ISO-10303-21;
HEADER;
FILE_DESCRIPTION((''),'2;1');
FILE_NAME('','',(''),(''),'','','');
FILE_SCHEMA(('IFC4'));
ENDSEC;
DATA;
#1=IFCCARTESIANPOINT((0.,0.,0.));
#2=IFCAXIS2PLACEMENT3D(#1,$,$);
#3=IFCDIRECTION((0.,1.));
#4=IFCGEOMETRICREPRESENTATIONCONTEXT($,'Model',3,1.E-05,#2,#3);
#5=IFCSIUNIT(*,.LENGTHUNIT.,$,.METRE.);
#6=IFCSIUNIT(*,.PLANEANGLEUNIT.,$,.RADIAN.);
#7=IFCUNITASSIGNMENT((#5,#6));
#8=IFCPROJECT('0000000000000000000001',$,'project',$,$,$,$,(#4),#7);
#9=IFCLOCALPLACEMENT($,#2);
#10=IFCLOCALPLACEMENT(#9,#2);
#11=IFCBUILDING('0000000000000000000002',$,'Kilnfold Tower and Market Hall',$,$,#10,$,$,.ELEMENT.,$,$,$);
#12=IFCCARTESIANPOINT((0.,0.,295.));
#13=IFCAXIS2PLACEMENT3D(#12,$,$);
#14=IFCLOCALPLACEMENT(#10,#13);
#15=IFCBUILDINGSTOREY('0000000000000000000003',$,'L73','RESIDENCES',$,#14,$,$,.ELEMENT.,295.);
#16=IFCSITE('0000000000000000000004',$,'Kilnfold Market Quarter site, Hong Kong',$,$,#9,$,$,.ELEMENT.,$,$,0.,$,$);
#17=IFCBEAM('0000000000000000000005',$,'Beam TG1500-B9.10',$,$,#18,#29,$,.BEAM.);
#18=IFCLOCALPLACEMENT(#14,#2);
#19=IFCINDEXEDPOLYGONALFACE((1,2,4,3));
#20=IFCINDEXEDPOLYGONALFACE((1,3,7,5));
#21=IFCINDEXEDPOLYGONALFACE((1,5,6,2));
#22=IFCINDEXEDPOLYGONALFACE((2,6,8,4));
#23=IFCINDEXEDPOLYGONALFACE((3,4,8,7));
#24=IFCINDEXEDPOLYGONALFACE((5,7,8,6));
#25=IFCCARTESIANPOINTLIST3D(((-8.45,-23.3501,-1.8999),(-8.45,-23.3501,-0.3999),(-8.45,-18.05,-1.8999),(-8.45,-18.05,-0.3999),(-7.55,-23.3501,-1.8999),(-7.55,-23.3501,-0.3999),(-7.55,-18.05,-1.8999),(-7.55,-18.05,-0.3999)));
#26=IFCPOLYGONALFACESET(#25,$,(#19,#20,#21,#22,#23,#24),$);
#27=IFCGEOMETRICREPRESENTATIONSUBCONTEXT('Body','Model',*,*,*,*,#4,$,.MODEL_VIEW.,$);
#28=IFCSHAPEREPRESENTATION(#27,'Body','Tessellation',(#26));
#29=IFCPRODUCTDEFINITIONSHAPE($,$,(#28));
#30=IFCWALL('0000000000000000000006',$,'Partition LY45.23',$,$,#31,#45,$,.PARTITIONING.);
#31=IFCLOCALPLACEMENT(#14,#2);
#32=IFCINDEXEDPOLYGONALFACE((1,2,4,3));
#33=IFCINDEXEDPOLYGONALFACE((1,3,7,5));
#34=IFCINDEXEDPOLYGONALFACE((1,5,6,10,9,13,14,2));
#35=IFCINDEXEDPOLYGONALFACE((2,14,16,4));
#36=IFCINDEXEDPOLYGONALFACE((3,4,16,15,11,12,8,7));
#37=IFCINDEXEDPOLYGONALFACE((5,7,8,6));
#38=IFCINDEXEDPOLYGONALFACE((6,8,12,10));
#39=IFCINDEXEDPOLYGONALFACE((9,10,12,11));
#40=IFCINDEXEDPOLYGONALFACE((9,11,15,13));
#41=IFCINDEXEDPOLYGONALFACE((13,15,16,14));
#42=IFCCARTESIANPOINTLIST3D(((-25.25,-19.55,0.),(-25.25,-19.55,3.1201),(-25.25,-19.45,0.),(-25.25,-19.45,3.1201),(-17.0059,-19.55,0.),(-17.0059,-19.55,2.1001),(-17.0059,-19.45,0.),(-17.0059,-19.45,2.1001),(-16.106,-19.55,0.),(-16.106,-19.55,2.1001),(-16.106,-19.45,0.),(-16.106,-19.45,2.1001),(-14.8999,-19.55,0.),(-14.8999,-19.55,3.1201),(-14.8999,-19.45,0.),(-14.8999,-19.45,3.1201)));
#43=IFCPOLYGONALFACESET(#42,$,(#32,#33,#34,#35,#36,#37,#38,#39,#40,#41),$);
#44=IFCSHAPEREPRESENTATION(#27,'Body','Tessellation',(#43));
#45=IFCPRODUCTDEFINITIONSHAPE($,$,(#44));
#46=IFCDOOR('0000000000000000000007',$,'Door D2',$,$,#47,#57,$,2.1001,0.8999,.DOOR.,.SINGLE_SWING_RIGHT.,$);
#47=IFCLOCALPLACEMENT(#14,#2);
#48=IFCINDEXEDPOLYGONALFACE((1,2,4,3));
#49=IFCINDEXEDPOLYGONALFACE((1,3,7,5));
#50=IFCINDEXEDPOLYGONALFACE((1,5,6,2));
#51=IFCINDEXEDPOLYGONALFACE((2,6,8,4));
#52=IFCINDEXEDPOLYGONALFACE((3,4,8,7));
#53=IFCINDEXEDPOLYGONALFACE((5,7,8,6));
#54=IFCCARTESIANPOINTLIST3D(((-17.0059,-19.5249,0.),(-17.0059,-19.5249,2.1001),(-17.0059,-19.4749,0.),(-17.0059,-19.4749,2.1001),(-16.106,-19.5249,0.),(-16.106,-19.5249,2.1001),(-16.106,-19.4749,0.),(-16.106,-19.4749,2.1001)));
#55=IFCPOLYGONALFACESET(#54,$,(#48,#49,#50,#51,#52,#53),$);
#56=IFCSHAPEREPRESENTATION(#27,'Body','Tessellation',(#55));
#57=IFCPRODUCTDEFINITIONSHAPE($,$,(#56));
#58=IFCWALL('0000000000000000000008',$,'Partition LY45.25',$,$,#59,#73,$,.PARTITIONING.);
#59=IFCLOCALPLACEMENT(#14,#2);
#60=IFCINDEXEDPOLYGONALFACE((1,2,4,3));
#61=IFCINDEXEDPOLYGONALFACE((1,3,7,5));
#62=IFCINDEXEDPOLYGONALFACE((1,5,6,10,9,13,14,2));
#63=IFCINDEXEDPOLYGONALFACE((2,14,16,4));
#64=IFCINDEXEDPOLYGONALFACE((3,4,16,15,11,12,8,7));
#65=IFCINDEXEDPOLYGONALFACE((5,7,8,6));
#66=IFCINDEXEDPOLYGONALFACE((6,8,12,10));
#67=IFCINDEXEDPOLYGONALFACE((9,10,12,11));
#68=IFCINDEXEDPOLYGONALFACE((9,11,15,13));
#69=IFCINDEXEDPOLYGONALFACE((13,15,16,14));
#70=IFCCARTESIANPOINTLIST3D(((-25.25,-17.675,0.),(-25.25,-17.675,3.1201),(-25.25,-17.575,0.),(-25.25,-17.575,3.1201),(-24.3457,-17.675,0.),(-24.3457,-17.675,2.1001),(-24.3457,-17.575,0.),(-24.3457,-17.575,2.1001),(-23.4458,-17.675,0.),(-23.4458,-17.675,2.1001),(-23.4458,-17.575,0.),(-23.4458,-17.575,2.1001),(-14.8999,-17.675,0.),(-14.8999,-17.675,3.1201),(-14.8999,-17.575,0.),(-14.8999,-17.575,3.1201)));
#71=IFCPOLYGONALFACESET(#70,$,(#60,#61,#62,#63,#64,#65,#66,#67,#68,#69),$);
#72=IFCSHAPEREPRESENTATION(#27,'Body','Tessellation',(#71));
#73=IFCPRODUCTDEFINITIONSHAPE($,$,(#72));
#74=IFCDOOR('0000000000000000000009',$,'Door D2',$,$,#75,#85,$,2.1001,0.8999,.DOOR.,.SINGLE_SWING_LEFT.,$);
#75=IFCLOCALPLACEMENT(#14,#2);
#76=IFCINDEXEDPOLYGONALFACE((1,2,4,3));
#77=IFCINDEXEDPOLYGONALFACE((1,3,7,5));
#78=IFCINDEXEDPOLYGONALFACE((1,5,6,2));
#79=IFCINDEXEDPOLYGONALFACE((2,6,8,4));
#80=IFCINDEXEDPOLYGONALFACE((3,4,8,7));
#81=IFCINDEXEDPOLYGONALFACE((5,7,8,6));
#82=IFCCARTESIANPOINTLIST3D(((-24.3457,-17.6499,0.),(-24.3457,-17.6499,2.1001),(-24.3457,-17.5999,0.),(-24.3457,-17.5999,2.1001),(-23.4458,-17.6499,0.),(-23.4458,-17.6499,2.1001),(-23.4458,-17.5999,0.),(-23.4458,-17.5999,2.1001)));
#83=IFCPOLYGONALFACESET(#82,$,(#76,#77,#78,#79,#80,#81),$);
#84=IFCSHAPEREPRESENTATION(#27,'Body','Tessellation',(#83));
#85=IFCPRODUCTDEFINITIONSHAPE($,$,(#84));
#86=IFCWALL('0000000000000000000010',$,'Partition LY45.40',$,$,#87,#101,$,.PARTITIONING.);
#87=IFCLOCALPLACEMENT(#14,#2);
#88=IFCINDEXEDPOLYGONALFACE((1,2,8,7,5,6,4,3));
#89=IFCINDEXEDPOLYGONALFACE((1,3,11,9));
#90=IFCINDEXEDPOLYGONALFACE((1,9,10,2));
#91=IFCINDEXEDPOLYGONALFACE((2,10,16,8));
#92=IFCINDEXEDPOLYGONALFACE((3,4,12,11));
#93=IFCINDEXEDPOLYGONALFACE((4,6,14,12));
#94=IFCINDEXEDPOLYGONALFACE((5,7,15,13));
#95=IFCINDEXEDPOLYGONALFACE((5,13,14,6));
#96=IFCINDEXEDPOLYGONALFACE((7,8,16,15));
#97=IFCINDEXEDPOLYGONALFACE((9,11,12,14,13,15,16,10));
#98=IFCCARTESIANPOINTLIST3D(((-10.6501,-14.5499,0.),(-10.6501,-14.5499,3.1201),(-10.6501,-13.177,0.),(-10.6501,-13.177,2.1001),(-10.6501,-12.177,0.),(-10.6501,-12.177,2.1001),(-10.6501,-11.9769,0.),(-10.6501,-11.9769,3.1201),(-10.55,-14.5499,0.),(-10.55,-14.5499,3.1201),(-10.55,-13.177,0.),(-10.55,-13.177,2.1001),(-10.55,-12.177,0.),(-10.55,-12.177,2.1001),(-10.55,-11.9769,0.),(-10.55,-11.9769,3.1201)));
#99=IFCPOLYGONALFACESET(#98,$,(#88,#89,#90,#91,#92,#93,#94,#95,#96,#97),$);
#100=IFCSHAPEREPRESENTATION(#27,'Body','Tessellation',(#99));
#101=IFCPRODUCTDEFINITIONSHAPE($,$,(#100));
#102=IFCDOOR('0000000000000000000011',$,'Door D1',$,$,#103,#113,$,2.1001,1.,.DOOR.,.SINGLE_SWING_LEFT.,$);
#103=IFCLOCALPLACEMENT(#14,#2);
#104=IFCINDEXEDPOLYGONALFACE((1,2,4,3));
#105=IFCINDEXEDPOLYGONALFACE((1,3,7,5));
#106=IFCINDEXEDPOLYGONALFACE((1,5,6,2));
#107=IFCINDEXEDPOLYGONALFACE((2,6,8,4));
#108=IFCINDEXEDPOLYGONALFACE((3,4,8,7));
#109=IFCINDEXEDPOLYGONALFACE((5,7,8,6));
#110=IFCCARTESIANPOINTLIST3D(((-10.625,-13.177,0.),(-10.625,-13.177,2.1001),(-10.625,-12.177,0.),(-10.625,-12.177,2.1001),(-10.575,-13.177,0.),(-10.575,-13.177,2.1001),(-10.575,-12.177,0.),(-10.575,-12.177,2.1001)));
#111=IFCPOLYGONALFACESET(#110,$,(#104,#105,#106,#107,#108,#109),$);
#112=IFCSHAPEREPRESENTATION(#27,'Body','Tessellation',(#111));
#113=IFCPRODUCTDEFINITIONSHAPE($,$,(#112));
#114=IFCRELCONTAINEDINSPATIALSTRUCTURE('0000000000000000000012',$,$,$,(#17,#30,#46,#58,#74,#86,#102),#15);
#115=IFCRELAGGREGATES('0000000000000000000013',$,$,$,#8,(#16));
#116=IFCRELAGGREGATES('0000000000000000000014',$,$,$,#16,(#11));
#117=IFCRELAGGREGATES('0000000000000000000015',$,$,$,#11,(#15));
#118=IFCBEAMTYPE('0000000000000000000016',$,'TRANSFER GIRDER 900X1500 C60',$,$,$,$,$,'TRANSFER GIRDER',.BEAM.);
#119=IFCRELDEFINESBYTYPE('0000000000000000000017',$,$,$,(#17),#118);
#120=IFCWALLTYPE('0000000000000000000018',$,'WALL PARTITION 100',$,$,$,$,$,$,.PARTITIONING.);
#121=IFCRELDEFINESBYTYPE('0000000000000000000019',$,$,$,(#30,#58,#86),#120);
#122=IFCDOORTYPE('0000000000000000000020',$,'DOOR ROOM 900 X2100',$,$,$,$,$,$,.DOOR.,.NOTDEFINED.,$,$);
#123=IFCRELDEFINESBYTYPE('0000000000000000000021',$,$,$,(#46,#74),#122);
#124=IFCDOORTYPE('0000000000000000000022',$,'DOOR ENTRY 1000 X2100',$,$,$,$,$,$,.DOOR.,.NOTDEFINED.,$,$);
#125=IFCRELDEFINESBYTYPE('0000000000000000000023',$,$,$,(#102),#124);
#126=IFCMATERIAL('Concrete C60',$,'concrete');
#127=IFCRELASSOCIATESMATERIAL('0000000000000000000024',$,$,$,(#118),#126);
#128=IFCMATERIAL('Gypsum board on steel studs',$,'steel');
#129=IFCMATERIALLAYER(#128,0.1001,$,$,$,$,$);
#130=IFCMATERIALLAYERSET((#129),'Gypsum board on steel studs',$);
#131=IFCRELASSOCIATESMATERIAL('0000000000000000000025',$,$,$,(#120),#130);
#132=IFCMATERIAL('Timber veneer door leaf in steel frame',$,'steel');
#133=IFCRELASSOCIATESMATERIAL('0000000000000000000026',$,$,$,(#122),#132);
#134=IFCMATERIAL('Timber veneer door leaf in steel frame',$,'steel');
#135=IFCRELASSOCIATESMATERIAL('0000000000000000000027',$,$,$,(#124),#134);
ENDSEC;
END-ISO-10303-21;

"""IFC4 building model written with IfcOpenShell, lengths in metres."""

from ifc_helpers import new_model, si_unit, direction, frame, frame_2d, origin, origin_2d, place, context, subcontext, project, spatial, rectangle, extrude, source, transform, mapped, material, layer, layer_set, material_profile, profile_set, type_object, element, fill, save


model = new_model("IFC4")

# Units and contexts
model_context = context("Model", 3, precision=1e-05, world=origin(), true_north=direction((0.0, 1.0)))
body_context = subcontext(model_context, "Body", "Model", "MODEL_VIEW")
ifc_project = project(units=[si_unit("LENGTHUNIT", "METRE"), si_unit("PLANEANGLEUNIT", "RADIAN")], contexts=[model_context])

# Site, building, storey
site_placement = place(None, origin())
site = spatial("IfcSite", under=ifc_project, at=site_placement, Name="Kilnfold Market Quarter site, Hong Kong", CompositionType="ELEMENT", RefElevation=0.0)
building_placement = place(site_placement, origin())
building = spatial("IfcBuilding", under=site, at=building_placement, Name="Kilnfold Tower and Market Hall", CompositionType="ELEMENT")
storey_placement = place(building_placement, frame((0.0, 0.0, 295.0)))
storey = spatial("IfcBuildingStorey", under=building, at=storey_placement, Name="L73", Description="RESIDENCES", CompositionType="ELEMENT", Elevation=295.0)

# Beam
ifc_material_1 = material(Name="Concrete C60", Category="concrete")
ifc_material_profile = material_profile(ifc_material_1, rectangle(XDim=0.8999, YDim=1.5, at=origin_2d()), Name="RC 900x1500")
ifc_profile_set = profile_set([ifc_material_profile], Name="Concrete C60")
beam_type = type_object("IfcBeamType", Name="TRANSFER GIRDER 900X1500 C60", ElementType="TRANSFER GIRDER", PredefinedType="BEAM", material=ifc_profile_set)
shared_shape_1 = source(origin(), body_context, "Body", "SweptSolid", [
    extrude(rectangle(XDim=0.8999, YDim=1.5, at=origin_2d()), origin(), (0.0, 0.0, 1.0), 5.3),
])
beam_placement = place(storey_placement, frame((-8.0, -23.3501, -1.1499), z_axis=(0.0, 1.0, 0.0), x_axis=(-1.0, 0.0, 0.0)))
element("IfcBeam", 1, at=beam_placement, inside=storey, type_object=beam_type, Name="Beam TG1500-B9.10", PredefinedType="BEAM", context=body_context, shape_type="MappedRepresentation", body=[
    mapped(shared_shape_1, transform((0.0, 0.0, 0.0))),
])

# Walls, openings, doors
ifc_material_2 = material(Name="Gypsum board on steel studs", Category="steel")
ifc_layer_1 = layer(ifc_material_2, 0.1001)
ifc_layer_set_1 = layer_set([ifc_layer_1], Name="Gypsum board on steel studs")
wall_type_1 = type_object("IfcWallType", Name="WALL PARTITION 100", PredefinedType="PARTITIONING", material=ifc_layer_set_1)
wall_1_placement = place(storey_placement, frame((-14.8999, -19.5, 0.0), z_axis=(0.0, 0.0, 1.0), x_axis=(-1.0, 0.0, 0.0)))
wall_1 = element("IfcWall", 2, at=wall_1_placement, inside=storey, type_object=wall_type_1, Name="Partition LY45.23", PredefinedType="PARTITIONING", context=body_context, shape_type="SweptSolid", body=[
    extrude(rectangle(XDim=10.3501, YDim=0.1001, at=frame_2d((5.175, 0.0))), origin(), (0.0, 0.0, 1.0), 3.1201),
])
opening_1_placement = place(wall_1_placement, frame((1.2061, 0.0, 0.0)))
opening_1 = element("IfcOpeningElement", 3, at=opening_1_placement, cuts=wall_1, PredefinedType="OPENING", context=body_context, shape_type="SweptSolid", body=[
    extrude(rectangle(XDim=0.8999, YDim=2.1001, at=frame_2d((0.45, 1.05))), frame((0.0, 0.0601, 0.0), z_axis=(0.0, -1.0, 0.0), x_axis=(1.0, 0.0, 0.0)), (0.0, 0.0, 1.0), 0.1201),
])
ifc_material_3 = material(Name="Timber veneer door leaf in steel frame", Category="steel")
door_type_1 = type_object("IfcDoorType", Name="DOOR ROOM 900 X2100", OperationType="NOTDEFINED", PredefinedType="DOOR", material=ifc_material_3)
door_1_placement = place(opening_1_placement, origin())
door_1 = element("IfcDoor", 4, at=door_1_placement, inside=storey, type_object=door_type_1, Name="Door D2", OperationType="SINGLE_SWING_RIGHT", OverallHeight=2.1001, OverallWidth=0.8999, PredefinedType="DOOR", context=body_context, shape_type="SweptSolid", body=[
    extrude(rectangle(XDim=0.8999, YDim=2.1001, at=frame_2d((0.45, 1.05))), frame((0.0, 0.0249, 0.0), z_axis=(0.0, -1.0, 0.0), x_axis=(1.0, 0.0, 0.0)), (0.0, 0.0, 1.0), 0.05),
])
fill(opening_1, door_1)
wall_2_placement = place(storey_placement, frame((-14.8999, -17.625, 0.0), z_axis=(0.0, 0.0, 1.0), x_axis=(-1.0, 0.0, 0.0)))
wall_2 = element("IfcWall", 5, at=wall_2_placement, inside=storey, type_object=wall_type_1, Name="Partition LY45.25", PredefinedType="PARTITIONING", context=body_context, shape_type="SweptSolid", body=[
    extrude(rectangle(XDim=10.3501, YDim=0.1001, at=frame_2d((5.175, 0.0))), origin(), (0.0, 0.0, 1.0), 3.1201),
])
opening_2_placement = place(wall_2_placement, frame((8.5459, 0.0, 0.0)))
opening_2 = element("IfcOpeningElement", 6, at=opening_2_placement, cuts=wall_2, PredefinedType="OPENING", context=body_context, shape_type="SweptSolid", body=[
    extrude(rectangle(XDim=0.8999, YDim=2.1001, at=frame_2d((0.45, 1.05))), frame((0.0, 0.0601, 0.0), z_axis=(0.0, -1.0, 0.0), x_axis=(1.0, 0.0, 0.0)), (0.0, 0.0, 1.0), 0.1201),
])
door_2_placement = place(opening_2_placement, origin())
door_2 = element("IfcDoor", 7, at=door_2_placement, inside=storey, type_object=door_type_1, Name="Door D2", OperationType="SINGLE_SWING_LEFT", OverallHeight=2.1001, OverallWidth=0.8999, PredefinedType="DOOR", context=body_context, shape_type="SweptSolid", body=[
    extrude(rectangle(XDim=0.8999, YDim=2.1001, at=frame_2d((0.45, 1.05))), frame((0.0, 0.0249, 0.0), z_axis=(0.0, -1.0, 0.0), x_axis=(1.0, 0.0, 0.0)), (0.0, 0.0, 1.0), 0.05),
])
fill(opening_2, door_2)
wall_3_placement = place(storey_placement, frame((-10.6001, -14.55, 0.0), z_axis=(0.0, 0.0, 1.0), x_axis=(0.0, 1.0, 0.0)))
wall_3 = element("IfcWall", 8, at=wall_3_placement, inside=storey, type_object=wall_type_1, Name="Partition LY45.40", PredefinedType="PARTITIONING", context=body_context, shape_type="SweptSolid", body=[
    extrude(rectangle(XDim=2.573, YDim=0.1001, at=frame_2d((1.2866, 0.0))), origin(), (0.0, 0.0, 1.0), 3.1201),
])
opening_3_placement = place(wall_3_placement, frame((1.373, 0.0, 0.0)))
opening_3 = element("IfcOpeningElement", 9, at=opening_3_placement, cuts=wall_3, PredefinedType="OPENING", context=body_context, shape_type="SweptSolid", body=[
    extrude(rectangle(XDim=1.0, YDim=2.1001, at=frame_2d((0.5, 1.05))), frame((0.0, 0.0601, 0.0), z_axis=(0.0, -1.0, 0.0), x_axis=(1.0, 0.0, 0.0)), (0.0, 0.0, 1.0), 0.1201),
])
ifc_material_4 = material(Name="Timber veneer door leaf in steel frame", Category="steel")
door_type_2 = type_object("IfcDoorType", Name="DOOR ENTRY 1000 X2100", OperationType="NOTDEFINED", PredefinedType="DOOR", material=ifc_material_4)
door_3_placement = place(opening_3_placement, origin())
door_3 = element("IfcDoor", 10, at=door_3_placement, inside=storey, type_object=door_type_2, Name="Door D1", OperationType="SINGLE_SWING_LEFT", OverallHeight=2.1001, OverallWidth=1.0, PredefinedType="DOOR", context=body_context, shape_type="SweptSolid", body=[
    extrude(rectangle(XDim=1.0, YDim=2.1001, at=frame_2d((0.5, 1.05))), frame((0.0, 0.0249, 0.0), z_axis=(0.0, -1.0, 0.0), x_axis=(1.0, 0.0, 0.0)), (0.0, 0.0, 1.0), 0.05),
])
fill(opening_3, door_3)

save(model, "model.ifc")
